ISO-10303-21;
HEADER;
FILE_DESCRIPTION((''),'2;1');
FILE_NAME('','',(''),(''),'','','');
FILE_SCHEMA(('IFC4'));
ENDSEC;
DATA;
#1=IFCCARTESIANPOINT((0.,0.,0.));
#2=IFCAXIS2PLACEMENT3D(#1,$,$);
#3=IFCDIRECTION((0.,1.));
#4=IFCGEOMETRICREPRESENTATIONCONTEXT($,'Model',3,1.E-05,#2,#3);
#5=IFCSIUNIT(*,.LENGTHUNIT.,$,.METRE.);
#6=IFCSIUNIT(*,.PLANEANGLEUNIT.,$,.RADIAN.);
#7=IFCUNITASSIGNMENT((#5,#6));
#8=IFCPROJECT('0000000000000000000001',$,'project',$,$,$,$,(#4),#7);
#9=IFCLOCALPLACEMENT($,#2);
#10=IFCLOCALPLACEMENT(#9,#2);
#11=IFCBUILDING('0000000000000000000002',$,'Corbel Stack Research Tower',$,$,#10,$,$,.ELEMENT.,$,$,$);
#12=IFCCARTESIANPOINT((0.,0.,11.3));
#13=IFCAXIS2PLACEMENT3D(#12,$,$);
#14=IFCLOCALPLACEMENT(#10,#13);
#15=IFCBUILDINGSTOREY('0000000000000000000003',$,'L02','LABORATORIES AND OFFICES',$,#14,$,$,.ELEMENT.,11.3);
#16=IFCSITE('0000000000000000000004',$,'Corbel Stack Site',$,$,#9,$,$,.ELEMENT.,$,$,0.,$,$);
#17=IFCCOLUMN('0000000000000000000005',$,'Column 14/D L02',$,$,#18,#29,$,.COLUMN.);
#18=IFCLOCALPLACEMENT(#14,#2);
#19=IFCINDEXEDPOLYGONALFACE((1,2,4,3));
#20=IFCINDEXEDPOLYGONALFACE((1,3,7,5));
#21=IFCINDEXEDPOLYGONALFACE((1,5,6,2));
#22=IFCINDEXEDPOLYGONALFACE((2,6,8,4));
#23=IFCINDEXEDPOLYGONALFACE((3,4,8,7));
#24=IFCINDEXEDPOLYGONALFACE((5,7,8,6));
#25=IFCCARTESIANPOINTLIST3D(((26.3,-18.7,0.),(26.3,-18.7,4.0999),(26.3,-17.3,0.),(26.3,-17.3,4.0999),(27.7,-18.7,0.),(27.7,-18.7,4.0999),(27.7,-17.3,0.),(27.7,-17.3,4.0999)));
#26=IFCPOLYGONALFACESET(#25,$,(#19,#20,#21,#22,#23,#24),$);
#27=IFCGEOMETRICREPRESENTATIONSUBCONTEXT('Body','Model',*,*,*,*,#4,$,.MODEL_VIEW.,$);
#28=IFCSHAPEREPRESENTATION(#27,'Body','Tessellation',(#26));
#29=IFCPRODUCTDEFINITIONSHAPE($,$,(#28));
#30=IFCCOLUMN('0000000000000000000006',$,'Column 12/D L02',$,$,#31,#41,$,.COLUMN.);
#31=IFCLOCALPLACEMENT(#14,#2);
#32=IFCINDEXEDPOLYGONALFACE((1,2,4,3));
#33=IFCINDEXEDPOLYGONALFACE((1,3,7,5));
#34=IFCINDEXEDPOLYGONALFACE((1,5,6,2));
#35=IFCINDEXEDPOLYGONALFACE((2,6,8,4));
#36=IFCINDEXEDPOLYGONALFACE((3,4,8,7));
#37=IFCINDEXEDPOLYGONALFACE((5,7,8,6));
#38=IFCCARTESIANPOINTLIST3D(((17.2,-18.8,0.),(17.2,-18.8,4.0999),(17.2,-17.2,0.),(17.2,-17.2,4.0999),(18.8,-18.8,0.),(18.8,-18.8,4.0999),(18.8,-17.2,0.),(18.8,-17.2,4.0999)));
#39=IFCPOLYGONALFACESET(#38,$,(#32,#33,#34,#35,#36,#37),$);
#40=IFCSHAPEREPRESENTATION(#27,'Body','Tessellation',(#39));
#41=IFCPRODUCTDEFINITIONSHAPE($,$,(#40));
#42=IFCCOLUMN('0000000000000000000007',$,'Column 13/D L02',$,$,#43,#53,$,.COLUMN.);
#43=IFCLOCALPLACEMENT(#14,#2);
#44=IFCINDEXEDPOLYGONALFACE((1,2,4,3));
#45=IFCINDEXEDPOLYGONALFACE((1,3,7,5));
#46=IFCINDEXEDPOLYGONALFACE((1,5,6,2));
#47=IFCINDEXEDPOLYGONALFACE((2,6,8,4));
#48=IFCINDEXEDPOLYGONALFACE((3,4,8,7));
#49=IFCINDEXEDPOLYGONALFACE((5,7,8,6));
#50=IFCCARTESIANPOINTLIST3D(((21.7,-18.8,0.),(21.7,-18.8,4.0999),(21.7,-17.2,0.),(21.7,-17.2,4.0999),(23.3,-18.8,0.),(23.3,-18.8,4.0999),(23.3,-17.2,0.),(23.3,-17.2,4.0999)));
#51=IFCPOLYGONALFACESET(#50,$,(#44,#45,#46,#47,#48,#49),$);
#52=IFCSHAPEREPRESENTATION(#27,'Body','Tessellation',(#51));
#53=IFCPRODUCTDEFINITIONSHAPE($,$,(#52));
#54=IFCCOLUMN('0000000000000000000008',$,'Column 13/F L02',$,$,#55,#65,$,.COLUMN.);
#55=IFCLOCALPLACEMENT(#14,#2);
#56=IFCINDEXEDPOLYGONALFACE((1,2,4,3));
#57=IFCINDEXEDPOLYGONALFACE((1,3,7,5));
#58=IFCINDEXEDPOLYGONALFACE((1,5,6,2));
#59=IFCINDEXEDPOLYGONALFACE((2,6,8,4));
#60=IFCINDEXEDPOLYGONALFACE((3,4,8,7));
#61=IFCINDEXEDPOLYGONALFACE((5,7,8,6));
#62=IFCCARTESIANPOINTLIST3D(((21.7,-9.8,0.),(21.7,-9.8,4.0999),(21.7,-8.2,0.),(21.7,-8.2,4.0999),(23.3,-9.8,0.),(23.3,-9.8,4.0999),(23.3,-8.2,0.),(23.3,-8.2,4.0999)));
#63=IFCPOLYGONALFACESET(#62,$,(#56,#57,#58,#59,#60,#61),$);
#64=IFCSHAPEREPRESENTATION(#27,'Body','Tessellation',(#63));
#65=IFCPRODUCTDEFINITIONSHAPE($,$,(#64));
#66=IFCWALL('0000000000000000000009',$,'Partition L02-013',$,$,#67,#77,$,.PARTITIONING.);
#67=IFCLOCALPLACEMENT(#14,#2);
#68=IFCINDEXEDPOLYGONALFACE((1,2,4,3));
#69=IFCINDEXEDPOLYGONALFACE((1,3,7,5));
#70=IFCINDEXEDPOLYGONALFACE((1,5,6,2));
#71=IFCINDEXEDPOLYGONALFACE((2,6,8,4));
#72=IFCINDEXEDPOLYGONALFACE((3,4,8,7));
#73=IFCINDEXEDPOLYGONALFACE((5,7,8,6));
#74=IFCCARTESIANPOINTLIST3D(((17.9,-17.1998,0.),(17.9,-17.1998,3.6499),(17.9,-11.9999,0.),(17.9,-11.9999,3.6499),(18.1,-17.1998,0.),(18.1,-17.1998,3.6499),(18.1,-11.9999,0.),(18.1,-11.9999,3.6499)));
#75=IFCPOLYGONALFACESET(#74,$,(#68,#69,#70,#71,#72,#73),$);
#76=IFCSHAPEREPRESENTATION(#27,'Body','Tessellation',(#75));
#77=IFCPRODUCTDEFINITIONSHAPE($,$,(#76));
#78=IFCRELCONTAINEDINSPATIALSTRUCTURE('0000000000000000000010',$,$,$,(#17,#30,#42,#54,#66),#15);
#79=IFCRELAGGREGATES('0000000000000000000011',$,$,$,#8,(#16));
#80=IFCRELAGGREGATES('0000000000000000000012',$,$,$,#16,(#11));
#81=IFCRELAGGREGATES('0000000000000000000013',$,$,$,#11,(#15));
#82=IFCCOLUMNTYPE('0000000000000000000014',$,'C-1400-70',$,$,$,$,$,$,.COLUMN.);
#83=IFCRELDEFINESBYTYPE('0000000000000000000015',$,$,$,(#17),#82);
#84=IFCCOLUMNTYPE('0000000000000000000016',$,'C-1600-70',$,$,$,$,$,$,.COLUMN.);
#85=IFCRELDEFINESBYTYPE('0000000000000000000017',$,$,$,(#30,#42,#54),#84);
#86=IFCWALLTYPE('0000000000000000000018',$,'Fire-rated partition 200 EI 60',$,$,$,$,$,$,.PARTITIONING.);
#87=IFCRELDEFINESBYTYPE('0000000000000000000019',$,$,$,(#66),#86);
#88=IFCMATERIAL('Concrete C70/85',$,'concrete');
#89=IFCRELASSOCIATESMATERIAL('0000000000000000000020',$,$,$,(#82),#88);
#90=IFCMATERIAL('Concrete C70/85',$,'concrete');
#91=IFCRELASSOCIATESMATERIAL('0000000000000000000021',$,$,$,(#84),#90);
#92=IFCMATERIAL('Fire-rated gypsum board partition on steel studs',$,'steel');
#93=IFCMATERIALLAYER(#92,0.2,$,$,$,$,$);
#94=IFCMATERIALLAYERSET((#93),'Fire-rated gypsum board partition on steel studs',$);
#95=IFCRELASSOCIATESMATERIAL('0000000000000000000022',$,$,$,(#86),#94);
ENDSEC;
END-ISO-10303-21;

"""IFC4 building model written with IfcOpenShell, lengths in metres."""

from ifc_helpers import new_model, si_unit, direction, frame, frame_2d, origin, origin_2d, place, context, subcontext, project, spatial, rectangle, extrude, material, layer, layer_set, material_profile, profile_set, type_object, element, save


model = new_model("IFC4")

# Units and contexts
model_context = context("Model", 3, precision=1e-05, world=origin(), true_north=direction((0.0, 1.0)))
body_context = subcontext(model_context, "Body", "Model", "MODEL_VIEW")
ifc_project = project(units=[si_unit("LENGTHUNIT", "METRE"), si_unit("PLANEANGLEUNIT", "RADIAN")], contexts=[model_context])

# Site, building, storey
site_placement = place(None, origin())
site = spatial("IfcSite", under=ifc_project, at=site_placement, Name="Corbel Stack Site", CompositionType="ELEMENT", RefElevation=0.0)
building_placement = place(site_placement, origin())
building = spatial("IfcBuilding", under=site, at=building_placement, Name="Corbel Stack Research Tower", CompositionType="ELEMENT")
storey_placement = place(building_placement, frame((0.0, 0.0, 11.3)))
storey = spatial("IfcBuildingStorey", under=building, at=storey_placement, Name="L02", Description="LABORATORIES AND OFFICES", CompositionType="ELEMENT", Elevation=11.3)

# Columns
ifc_material_1 = material(Name="Concrete C70/85", Category="concrete")
ifc_material_profile_1 = material_profile(ifc_material_1, rectangle(XDim=1.3999, YDim=1.3999, at=origin_2d()), Name="RC 1400 x 1400")
ifc_profile_set_1 = profile_set([ifc_material_profile_1], Name="Concrete C70/85")
column_type_1 = type_object("IfcColumnType", Name="C-1400-70", PredefinedType="COLUMN", material=ifc_profile_set_1)
column_placement = place(storey_placement, frame((27.0, -18.0, 0.0), z_axis=(0.0, 0.0, 1.0), x_axis=(1.0, 0.0, 0.0)))
element("IfcColumn", 1, at=column_placement, inside=storey, type_object=column_type_1, Name="Column 14/D L02", PredefinedType="COLUMN", context=body_context, shape_type="SweptSolid", body=[
    extrude(rectangle(XDim=1.3999, YDim=1.3999, at=origin_2d()), origin(), (0.0, 0.0, 1.0), 4.0999),
])
ifc_material_2 = material(Name="Concrete C70/85", Category="concrete")
ifc_material_profile_2 = material_profile(ifc_material_2, rectangle(XDim=1.6001, YDim=1.6001, at=origin_2d()), Name="RC 1600 x 1600")
ifc_profile_set_2 = profile_set([ifc_material_profile_2], Name="Concrete C70/85")
column_type_2 = type_object("IfcColumnType", Name="C-1600-70", PredefinedType="COLUMN", material=ifc_profile_set_2)
for number, where, z_axis, x_axis, name in (
    (2, (18.0, -18.0, 0.0), (0.0, 0.0, 1.0), (1.0, 0.0, 0.0), "Column 12/D L02"),
    (3, (22.5, -18.0, 0.0), (0.0, 0.0, 1.0), (1.0, 0.0, 0.0), "Column 13/D L02"),
    (4, (22.5, -9.0, 0.0), (0.0, 0.0, 1.0), (1.0, 0.0, 0.0), "Column 13/F L02"),
):
    element("IfcColumn", number, at=place(storey_placement, frame(where, z_axis=z_axis, x_axis=x_axis)), inside=storey, type_object=column_type_2, Name=name, PredefinedType="COLUMN", context=body_context, shape_type="SweptSolid", body=[
        extrude(rectangle(XDim=1.6001, YDim=1.6001, at=origin_2d()), origin(), (0.0, 0.0, 1.0), 4.0999),
    ])

# Wall
ifc_material_3 = material(Name="Fire-rated gypsum board partition on steel studs", Category="steel")
ifc_layer_1 = layer(ifc_material_3, 0.2)
ifc_layer_set_1 = layer_set([ifc_layer_1], Name="Fire-rated gypsum board partition on steel studs")
wall_type_1 = type_object("IfcWallType", Name="Fire-rated partition 200 EI 60", PredefinedType="PARTITIONING", material=ifc_layer_set_1)
wall_1_placement = place(storey_placement, frame((18.0, -17.2, 0.0), z_axis=(0.0, 0.0, 1.0), x_axis=(0.0, 1.0, 0.0)))
element("IfcWall", 5, at=wall_1_placement, inside=storey, type_object=wall_type_1, Name="Partition L02-013", PredefinedType="PARTITIONING", context=body_context, shape_type="SweptSolid", body=[
    extrude(rectangle(XDim=5.2, YDim=0.2, at=frame_2d((2.6001, 0.0))), origin(), (0.0, 0.0, 1.0), 3.6499),
])

save(model, "model.ifc")
